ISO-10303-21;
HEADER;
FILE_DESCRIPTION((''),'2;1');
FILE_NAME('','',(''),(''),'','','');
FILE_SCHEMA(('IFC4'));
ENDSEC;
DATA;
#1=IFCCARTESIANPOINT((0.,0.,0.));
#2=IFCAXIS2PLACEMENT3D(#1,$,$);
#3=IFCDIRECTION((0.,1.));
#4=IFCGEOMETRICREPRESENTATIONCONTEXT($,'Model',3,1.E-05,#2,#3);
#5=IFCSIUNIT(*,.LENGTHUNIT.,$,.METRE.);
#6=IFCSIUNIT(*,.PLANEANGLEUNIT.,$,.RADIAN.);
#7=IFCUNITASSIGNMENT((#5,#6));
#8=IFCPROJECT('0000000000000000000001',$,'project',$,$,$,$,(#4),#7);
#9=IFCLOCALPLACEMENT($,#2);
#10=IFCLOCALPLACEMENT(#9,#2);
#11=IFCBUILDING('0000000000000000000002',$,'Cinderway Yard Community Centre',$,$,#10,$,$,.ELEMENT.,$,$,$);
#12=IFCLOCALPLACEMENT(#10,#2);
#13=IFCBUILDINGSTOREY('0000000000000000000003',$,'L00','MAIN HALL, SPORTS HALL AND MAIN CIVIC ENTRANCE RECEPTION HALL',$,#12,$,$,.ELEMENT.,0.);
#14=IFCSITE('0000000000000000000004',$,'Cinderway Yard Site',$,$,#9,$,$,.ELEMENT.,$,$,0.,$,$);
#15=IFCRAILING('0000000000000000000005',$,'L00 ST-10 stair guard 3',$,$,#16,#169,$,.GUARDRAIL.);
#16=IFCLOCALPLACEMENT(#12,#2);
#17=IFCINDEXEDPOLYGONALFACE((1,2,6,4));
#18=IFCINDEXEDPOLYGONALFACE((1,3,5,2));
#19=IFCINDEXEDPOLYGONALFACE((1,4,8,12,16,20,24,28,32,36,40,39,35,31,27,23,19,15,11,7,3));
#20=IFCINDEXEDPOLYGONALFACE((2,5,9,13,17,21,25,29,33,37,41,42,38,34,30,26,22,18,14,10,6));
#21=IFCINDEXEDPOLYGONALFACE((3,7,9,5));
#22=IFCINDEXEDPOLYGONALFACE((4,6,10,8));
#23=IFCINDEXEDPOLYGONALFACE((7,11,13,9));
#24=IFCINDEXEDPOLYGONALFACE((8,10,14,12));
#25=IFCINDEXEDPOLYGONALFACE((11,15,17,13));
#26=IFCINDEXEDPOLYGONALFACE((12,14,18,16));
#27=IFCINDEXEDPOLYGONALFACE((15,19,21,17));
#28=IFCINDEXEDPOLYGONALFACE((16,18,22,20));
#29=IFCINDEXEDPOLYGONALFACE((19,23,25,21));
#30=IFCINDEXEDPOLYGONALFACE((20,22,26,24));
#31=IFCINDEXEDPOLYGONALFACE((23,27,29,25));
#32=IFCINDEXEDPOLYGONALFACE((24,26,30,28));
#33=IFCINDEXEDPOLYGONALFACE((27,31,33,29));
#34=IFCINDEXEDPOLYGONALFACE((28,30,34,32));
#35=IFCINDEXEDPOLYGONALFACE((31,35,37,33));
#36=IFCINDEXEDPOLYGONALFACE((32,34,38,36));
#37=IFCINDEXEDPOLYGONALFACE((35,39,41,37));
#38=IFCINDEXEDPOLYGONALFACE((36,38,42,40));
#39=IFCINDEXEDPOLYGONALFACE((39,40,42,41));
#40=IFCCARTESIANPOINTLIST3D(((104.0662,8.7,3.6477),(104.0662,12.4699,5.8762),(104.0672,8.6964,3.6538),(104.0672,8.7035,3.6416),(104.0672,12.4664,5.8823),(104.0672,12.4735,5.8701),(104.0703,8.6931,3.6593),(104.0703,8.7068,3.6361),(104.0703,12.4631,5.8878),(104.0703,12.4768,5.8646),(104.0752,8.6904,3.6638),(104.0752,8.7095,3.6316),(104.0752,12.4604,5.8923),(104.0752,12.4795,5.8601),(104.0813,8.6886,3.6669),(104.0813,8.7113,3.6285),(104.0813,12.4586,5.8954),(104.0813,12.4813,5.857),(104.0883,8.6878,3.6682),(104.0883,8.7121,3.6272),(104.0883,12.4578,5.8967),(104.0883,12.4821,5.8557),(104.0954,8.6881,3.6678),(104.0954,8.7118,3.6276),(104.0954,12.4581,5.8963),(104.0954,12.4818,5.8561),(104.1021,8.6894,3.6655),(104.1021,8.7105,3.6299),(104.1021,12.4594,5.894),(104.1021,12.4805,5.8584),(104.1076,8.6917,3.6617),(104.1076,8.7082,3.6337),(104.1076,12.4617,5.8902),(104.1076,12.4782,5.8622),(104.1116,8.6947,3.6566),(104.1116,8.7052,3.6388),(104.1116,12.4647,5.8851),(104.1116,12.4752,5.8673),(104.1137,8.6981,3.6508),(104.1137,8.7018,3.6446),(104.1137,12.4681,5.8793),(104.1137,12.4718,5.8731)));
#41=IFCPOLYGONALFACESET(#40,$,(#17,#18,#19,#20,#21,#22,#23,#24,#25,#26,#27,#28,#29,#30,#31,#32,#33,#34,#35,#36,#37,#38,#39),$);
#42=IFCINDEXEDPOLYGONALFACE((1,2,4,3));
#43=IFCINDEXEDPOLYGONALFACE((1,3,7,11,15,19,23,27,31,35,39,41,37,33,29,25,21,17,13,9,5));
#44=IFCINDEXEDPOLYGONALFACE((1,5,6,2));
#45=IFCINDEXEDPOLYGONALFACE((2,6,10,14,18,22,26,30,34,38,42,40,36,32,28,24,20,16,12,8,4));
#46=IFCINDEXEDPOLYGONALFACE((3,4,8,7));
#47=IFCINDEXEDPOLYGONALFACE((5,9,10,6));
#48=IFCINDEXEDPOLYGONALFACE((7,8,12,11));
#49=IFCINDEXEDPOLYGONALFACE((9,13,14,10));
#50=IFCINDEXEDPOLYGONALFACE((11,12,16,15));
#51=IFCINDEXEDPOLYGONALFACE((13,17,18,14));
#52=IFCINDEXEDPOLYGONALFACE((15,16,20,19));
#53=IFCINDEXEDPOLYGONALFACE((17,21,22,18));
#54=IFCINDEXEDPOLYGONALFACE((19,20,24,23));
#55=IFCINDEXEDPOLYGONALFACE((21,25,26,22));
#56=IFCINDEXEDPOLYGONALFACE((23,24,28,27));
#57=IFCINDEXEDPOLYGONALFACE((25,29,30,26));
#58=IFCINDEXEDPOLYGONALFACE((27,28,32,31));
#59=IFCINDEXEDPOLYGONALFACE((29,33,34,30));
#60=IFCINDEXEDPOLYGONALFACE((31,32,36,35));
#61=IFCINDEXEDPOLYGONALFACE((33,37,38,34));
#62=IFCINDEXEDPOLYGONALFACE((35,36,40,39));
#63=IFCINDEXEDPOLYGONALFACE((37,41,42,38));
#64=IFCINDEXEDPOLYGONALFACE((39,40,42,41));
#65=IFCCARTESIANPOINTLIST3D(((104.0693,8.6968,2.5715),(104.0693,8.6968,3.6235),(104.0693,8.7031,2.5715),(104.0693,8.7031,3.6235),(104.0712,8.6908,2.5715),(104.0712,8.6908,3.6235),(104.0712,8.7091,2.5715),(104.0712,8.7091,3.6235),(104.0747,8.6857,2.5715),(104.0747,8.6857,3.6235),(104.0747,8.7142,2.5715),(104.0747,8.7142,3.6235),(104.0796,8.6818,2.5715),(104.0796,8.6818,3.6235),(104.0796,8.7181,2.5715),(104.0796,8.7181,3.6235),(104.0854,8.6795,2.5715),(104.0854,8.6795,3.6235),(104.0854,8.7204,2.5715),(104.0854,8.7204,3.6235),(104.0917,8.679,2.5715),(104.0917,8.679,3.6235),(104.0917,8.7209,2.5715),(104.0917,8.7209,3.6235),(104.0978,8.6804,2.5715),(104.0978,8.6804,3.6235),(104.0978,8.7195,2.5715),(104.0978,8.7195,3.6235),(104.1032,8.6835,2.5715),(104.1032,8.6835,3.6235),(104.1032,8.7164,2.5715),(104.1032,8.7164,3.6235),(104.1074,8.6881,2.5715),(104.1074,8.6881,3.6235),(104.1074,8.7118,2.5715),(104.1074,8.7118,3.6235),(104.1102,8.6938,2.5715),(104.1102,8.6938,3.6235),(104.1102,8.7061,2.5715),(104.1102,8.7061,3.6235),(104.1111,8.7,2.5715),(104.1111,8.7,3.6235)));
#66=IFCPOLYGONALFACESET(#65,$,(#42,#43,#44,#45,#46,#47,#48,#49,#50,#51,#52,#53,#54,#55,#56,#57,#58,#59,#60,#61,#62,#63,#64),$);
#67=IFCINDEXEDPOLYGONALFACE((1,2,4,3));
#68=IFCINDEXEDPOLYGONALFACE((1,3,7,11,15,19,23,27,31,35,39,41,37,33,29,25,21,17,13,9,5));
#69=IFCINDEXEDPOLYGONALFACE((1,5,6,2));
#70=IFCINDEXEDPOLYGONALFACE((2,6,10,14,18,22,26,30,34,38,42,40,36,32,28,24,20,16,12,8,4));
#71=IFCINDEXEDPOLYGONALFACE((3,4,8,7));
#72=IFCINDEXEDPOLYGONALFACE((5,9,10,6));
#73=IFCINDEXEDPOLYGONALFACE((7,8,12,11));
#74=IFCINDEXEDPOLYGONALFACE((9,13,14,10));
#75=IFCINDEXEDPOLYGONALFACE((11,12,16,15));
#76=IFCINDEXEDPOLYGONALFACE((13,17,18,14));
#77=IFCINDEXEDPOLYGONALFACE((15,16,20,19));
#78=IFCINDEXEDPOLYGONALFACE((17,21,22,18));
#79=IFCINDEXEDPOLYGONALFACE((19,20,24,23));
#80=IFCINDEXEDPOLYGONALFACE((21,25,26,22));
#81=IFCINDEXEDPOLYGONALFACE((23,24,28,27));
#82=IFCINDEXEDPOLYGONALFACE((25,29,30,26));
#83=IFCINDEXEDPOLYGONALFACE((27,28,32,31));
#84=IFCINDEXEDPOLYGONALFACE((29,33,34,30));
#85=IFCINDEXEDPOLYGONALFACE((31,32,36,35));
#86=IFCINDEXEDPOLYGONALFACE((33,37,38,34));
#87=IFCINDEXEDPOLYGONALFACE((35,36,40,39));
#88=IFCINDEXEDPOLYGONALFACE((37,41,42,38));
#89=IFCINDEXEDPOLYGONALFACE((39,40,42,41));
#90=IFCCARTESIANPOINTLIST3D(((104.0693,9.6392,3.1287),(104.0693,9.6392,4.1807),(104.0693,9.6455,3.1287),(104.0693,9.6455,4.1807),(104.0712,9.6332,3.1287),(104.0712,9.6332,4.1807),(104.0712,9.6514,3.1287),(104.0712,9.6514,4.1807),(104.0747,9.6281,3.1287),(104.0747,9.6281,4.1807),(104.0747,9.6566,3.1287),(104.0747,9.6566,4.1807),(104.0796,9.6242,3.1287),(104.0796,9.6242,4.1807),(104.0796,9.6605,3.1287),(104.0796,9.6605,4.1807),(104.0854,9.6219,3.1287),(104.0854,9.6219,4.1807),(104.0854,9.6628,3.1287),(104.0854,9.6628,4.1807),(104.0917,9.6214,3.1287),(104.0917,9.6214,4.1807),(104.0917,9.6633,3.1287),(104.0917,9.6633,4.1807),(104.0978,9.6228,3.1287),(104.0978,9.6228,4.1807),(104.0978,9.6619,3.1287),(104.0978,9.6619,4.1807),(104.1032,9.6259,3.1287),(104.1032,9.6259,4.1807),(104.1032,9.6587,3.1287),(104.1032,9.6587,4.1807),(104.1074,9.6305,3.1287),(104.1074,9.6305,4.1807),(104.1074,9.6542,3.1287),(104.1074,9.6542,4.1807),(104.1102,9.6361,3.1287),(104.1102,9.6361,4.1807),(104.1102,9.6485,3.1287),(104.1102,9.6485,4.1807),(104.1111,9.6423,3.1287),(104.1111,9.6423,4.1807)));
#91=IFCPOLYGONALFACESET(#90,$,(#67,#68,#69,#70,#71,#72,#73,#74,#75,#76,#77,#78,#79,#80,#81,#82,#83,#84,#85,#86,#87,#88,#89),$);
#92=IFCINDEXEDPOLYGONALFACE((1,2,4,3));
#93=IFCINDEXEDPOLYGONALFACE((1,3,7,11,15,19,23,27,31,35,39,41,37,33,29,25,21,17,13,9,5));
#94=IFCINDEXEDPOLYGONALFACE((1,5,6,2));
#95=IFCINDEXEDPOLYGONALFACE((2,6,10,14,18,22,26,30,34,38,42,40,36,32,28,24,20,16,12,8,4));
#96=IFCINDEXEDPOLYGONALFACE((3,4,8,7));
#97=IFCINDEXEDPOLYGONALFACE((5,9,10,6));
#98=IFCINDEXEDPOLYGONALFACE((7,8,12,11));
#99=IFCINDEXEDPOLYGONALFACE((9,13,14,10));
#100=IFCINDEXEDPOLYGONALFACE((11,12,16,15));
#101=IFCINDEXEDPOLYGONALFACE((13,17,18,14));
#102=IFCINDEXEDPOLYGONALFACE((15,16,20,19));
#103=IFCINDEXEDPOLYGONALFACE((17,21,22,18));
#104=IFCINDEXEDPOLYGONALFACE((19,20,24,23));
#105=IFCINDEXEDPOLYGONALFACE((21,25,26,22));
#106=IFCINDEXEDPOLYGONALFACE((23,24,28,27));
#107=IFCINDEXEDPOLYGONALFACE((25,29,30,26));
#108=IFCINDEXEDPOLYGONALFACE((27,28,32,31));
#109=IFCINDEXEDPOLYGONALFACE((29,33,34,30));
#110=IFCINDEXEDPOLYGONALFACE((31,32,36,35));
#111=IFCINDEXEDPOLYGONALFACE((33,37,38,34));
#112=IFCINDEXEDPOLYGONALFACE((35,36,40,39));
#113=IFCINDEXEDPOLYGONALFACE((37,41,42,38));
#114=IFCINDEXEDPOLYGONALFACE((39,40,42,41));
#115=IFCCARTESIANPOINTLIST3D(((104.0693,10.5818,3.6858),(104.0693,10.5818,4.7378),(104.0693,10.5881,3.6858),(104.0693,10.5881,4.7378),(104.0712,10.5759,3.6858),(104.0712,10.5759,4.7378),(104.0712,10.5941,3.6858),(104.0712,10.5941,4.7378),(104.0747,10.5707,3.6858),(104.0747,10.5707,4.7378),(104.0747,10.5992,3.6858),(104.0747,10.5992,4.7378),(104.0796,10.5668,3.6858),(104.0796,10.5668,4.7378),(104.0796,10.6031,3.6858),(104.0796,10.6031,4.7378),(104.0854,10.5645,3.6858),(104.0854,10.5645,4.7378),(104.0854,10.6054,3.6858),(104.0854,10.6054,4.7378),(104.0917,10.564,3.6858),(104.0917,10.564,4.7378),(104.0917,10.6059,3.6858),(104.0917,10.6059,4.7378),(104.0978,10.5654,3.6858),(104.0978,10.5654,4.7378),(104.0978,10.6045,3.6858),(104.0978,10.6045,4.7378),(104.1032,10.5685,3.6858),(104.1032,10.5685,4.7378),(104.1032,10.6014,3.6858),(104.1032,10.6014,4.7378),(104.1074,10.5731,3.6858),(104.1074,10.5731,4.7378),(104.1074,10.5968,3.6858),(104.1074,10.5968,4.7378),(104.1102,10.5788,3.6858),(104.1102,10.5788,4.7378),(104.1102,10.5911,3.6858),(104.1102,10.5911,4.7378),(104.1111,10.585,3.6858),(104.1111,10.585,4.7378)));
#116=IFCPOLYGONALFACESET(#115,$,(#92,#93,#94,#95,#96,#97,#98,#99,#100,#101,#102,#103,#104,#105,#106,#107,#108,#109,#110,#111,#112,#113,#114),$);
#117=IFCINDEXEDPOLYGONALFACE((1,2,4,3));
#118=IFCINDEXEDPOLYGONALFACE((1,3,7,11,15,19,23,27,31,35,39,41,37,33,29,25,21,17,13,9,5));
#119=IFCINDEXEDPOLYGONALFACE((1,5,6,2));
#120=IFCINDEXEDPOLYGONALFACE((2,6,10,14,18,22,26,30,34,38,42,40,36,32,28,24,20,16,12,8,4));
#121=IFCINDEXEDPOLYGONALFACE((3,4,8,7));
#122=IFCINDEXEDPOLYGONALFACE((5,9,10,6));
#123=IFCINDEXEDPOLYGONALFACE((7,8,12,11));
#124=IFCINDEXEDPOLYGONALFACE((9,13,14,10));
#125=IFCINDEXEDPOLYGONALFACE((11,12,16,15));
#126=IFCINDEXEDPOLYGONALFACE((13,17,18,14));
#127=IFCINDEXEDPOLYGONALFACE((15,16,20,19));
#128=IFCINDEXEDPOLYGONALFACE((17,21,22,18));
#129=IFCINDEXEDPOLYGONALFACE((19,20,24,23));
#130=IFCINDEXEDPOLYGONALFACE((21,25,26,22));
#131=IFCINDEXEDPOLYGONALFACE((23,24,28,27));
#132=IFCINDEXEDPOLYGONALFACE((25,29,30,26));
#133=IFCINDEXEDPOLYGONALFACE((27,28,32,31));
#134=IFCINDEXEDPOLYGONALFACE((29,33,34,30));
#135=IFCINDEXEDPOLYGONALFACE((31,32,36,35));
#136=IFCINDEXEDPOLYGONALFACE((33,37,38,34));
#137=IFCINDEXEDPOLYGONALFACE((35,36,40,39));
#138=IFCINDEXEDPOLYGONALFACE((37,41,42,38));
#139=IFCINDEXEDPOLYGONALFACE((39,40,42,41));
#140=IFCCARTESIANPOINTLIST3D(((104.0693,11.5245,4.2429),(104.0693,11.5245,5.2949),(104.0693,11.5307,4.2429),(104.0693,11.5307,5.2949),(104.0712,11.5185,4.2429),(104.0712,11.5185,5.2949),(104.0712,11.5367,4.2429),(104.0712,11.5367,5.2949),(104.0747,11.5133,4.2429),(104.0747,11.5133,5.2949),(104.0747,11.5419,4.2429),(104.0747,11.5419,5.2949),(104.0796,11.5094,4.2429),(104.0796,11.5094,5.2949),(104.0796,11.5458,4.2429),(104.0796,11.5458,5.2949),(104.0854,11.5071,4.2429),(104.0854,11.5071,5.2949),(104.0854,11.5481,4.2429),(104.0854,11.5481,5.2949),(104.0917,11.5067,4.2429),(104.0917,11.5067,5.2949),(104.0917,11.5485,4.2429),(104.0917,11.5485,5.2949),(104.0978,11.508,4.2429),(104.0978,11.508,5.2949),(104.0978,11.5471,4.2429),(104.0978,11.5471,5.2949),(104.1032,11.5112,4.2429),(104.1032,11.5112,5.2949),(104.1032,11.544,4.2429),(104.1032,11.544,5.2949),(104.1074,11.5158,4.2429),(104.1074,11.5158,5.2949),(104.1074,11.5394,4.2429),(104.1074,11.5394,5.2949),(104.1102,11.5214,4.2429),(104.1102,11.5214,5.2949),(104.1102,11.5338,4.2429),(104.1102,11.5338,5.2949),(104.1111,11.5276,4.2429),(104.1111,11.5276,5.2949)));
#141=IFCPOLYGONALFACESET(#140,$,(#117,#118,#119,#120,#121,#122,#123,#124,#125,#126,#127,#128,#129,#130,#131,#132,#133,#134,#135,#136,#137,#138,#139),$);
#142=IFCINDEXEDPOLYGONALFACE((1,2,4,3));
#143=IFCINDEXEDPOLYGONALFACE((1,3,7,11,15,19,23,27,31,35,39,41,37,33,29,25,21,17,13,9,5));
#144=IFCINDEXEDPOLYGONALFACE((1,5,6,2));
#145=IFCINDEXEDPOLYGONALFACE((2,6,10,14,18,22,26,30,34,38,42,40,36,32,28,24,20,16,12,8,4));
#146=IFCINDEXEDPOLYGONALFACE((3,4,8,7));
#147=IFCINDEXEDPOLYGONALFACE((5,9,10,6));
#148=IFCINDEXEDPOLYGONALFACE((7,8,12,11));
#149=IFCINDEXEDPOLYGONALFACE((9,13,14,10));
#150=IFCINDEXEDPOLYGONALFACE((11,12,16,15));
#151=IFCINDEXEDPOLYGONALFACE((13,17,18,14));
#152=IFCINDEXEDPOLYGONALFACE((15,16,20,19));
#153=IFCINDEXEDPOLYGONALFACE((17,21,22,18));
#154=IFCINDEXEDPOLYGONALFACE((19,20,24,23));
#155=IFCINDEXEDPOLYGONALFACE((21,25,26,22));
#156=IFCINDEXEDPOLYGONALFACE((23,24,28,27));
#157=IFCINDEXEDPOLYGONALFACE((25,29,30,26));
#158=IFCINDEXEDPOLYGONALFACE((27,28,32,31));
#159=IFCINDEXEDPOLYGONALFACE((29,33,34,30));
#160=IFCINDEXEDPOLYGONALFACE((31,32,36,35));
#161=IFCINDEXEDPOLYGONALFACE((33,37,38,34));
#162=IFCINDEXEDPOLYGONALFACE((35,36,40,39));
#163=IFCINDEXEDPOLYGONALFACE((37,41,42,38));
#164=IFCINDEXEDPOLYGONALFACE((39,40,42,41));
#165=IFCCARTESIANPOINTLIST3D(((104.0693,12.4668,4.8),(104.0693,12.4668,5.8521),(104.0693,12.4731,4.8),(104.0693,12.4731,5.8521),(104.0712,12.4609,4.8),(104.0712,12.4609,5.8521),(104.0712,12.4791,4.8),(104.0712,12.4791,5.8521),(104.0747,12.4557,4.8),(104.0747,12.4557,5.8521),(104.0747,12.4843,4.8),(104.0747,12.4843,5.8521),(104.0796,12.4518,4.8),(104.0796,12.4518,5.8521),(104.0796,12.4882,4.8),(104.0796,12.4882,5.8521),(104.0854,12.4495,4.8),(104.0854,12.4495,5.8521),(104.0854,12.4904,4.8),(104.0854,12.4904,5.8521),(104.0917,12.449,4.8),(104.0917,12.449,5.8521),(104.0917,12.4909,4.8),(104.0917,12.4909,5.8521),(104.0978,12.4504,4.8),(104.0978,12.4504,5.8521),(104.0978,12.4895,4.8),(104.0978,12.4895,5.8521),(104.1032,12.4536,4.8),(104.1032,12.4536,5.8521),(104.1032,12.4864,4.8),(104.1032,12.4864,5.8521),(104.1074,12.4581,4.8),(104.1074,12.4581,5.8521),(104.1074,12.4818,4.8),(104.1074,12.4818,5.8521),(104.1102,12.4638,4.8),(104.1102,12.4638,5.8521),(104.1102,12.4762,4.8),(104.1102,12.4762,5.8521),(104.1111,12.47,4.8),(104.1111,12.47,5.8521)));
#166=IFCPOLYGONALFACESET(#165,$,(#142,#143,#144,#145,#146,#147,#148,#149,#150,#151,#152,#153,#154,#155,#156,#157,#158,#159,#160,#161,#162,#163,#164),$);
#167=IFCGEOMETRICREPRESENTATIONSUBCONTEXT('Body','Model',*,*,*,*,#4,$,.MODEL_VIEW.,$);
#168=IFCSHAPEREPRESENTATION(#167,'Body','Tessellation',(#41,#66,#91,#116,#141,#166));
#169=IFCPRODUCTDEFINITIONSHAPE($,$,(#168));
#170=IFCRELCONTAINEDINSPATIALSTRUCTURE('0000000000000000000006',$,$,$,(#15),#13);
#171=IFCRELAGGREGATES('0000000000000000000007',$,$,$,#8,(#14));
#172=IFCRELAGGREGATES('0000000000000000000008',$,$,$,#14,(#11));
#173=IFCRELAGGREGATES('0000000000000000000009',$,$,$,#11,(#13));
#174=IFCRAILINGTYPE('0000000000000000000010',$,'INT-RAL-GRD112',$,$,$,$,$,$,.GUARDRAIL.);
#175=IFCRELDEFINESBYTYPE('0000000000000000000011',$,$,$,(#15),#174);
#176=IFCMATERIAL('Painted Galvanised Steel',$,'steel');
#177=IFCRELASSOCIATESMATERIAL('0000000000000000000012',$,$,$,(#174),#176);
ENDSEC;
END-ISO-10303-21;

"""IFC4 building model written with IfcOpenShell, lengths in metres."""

from ifc_helpers import new_model, si_unit, direction, frame, origin, origin_2d, place, context, subcontext, project, spatial, circle, extrude, material, type_object, element, save


model = new_model("IFC4")

# Units and contexts
model_context = context("Model", 3, precision=1e-05, world=origin(), true_north=direction((0.0, 1.0)))
body_context = subcontext(model_context, "Body", "Model", "MODEL_VIEW")
ifc_project = project(units=[si_unit("LENGTHUNIT", "METRE"), si_unit("PLANEANGLEUNIT", "RADIAN")], contexts=[model_context])

# Site, building, storey
site_placement = place(None, origin())
site = spatial("IfcSite", under=ifc_project, at=site_placement, Name="Cinderway Yard Site", CompositionType="ELEMENT", RefElevation=0.0)
building_placement = place(site_placement, origin())
building = spatial("IfcBuilding", under=site, at=building_placement, Name="Cinderway Yard Community Centre", CompositionType="ELEMENT")
storey_placement = place(building_placement, origin())
storey = spatial("IfcBuildingStorey", under=building, at=storey_placement, Name="L00", Description="MAIN HALL, SPORTS HALL AND MAIN CIVIC ENTRANCE RECEPTION HALL", CompositionType="ELEMENT", Elevation=0.0)

# Shared definitions
ifc_material_1 = material(Name="Painted Galvanised Steel", Category="steel")

# Railing
railing_type_1 = type_object("IfcRailingType", Name="INT-RAL-GRD112", PredefinedType="GUARDRAIL", material=ifc_material_1)
railing_1_placement = place(storey_placement, frame((104.0901, 8.7, 2.5715)))
element("IfcRailing", 1, at=railing_1_placement, inside=storey, type_object=railing_type_1, Name="L00 ST-10 stair guard 3", PredefinedType="GUARDRAIL", context=body_context, shape_type="SweptSolid", body=[
    extrude(circle(Radius=0.0239, at=origin_2d()), frame((0.0, 0.0, 1.0762), z_axis=(0.0, 0.860849, 0.508861), x_axis=(-1.0, 0.0, 0.0)), (0.0, 0.0, 1.0), 4.3794),
    extrude(circle(Radius=0.021, at=origin_2d()), origin(), (0.0, 0.0, 1.0), 1.052),
    extrude(circle(Radius=0.021, at=origin_2d()), frame((0.0, 0.9424, 0.5571)), (0.0, 0.0, 1.0), 1.052),
    extrude(circle(Radius=0.021, at=origin_2d()), frame((0.0, 1.885, 1.1143)), (0.0, 0.0, 1.0), 1.052),
    extrude(circle(Radius=0.021, at=origin_2d()), frame((0.0, 2.8276, 1.6714)), (0.0, 0.0, 1.0), 1.052),
    extrude(circle(Radius=0.021, at=origin_2d()), frame((0.0, 3.77, 2.2285)), (0.0, 0.0, 1.0), 1.052),
])

save(model, "model.ifc")
